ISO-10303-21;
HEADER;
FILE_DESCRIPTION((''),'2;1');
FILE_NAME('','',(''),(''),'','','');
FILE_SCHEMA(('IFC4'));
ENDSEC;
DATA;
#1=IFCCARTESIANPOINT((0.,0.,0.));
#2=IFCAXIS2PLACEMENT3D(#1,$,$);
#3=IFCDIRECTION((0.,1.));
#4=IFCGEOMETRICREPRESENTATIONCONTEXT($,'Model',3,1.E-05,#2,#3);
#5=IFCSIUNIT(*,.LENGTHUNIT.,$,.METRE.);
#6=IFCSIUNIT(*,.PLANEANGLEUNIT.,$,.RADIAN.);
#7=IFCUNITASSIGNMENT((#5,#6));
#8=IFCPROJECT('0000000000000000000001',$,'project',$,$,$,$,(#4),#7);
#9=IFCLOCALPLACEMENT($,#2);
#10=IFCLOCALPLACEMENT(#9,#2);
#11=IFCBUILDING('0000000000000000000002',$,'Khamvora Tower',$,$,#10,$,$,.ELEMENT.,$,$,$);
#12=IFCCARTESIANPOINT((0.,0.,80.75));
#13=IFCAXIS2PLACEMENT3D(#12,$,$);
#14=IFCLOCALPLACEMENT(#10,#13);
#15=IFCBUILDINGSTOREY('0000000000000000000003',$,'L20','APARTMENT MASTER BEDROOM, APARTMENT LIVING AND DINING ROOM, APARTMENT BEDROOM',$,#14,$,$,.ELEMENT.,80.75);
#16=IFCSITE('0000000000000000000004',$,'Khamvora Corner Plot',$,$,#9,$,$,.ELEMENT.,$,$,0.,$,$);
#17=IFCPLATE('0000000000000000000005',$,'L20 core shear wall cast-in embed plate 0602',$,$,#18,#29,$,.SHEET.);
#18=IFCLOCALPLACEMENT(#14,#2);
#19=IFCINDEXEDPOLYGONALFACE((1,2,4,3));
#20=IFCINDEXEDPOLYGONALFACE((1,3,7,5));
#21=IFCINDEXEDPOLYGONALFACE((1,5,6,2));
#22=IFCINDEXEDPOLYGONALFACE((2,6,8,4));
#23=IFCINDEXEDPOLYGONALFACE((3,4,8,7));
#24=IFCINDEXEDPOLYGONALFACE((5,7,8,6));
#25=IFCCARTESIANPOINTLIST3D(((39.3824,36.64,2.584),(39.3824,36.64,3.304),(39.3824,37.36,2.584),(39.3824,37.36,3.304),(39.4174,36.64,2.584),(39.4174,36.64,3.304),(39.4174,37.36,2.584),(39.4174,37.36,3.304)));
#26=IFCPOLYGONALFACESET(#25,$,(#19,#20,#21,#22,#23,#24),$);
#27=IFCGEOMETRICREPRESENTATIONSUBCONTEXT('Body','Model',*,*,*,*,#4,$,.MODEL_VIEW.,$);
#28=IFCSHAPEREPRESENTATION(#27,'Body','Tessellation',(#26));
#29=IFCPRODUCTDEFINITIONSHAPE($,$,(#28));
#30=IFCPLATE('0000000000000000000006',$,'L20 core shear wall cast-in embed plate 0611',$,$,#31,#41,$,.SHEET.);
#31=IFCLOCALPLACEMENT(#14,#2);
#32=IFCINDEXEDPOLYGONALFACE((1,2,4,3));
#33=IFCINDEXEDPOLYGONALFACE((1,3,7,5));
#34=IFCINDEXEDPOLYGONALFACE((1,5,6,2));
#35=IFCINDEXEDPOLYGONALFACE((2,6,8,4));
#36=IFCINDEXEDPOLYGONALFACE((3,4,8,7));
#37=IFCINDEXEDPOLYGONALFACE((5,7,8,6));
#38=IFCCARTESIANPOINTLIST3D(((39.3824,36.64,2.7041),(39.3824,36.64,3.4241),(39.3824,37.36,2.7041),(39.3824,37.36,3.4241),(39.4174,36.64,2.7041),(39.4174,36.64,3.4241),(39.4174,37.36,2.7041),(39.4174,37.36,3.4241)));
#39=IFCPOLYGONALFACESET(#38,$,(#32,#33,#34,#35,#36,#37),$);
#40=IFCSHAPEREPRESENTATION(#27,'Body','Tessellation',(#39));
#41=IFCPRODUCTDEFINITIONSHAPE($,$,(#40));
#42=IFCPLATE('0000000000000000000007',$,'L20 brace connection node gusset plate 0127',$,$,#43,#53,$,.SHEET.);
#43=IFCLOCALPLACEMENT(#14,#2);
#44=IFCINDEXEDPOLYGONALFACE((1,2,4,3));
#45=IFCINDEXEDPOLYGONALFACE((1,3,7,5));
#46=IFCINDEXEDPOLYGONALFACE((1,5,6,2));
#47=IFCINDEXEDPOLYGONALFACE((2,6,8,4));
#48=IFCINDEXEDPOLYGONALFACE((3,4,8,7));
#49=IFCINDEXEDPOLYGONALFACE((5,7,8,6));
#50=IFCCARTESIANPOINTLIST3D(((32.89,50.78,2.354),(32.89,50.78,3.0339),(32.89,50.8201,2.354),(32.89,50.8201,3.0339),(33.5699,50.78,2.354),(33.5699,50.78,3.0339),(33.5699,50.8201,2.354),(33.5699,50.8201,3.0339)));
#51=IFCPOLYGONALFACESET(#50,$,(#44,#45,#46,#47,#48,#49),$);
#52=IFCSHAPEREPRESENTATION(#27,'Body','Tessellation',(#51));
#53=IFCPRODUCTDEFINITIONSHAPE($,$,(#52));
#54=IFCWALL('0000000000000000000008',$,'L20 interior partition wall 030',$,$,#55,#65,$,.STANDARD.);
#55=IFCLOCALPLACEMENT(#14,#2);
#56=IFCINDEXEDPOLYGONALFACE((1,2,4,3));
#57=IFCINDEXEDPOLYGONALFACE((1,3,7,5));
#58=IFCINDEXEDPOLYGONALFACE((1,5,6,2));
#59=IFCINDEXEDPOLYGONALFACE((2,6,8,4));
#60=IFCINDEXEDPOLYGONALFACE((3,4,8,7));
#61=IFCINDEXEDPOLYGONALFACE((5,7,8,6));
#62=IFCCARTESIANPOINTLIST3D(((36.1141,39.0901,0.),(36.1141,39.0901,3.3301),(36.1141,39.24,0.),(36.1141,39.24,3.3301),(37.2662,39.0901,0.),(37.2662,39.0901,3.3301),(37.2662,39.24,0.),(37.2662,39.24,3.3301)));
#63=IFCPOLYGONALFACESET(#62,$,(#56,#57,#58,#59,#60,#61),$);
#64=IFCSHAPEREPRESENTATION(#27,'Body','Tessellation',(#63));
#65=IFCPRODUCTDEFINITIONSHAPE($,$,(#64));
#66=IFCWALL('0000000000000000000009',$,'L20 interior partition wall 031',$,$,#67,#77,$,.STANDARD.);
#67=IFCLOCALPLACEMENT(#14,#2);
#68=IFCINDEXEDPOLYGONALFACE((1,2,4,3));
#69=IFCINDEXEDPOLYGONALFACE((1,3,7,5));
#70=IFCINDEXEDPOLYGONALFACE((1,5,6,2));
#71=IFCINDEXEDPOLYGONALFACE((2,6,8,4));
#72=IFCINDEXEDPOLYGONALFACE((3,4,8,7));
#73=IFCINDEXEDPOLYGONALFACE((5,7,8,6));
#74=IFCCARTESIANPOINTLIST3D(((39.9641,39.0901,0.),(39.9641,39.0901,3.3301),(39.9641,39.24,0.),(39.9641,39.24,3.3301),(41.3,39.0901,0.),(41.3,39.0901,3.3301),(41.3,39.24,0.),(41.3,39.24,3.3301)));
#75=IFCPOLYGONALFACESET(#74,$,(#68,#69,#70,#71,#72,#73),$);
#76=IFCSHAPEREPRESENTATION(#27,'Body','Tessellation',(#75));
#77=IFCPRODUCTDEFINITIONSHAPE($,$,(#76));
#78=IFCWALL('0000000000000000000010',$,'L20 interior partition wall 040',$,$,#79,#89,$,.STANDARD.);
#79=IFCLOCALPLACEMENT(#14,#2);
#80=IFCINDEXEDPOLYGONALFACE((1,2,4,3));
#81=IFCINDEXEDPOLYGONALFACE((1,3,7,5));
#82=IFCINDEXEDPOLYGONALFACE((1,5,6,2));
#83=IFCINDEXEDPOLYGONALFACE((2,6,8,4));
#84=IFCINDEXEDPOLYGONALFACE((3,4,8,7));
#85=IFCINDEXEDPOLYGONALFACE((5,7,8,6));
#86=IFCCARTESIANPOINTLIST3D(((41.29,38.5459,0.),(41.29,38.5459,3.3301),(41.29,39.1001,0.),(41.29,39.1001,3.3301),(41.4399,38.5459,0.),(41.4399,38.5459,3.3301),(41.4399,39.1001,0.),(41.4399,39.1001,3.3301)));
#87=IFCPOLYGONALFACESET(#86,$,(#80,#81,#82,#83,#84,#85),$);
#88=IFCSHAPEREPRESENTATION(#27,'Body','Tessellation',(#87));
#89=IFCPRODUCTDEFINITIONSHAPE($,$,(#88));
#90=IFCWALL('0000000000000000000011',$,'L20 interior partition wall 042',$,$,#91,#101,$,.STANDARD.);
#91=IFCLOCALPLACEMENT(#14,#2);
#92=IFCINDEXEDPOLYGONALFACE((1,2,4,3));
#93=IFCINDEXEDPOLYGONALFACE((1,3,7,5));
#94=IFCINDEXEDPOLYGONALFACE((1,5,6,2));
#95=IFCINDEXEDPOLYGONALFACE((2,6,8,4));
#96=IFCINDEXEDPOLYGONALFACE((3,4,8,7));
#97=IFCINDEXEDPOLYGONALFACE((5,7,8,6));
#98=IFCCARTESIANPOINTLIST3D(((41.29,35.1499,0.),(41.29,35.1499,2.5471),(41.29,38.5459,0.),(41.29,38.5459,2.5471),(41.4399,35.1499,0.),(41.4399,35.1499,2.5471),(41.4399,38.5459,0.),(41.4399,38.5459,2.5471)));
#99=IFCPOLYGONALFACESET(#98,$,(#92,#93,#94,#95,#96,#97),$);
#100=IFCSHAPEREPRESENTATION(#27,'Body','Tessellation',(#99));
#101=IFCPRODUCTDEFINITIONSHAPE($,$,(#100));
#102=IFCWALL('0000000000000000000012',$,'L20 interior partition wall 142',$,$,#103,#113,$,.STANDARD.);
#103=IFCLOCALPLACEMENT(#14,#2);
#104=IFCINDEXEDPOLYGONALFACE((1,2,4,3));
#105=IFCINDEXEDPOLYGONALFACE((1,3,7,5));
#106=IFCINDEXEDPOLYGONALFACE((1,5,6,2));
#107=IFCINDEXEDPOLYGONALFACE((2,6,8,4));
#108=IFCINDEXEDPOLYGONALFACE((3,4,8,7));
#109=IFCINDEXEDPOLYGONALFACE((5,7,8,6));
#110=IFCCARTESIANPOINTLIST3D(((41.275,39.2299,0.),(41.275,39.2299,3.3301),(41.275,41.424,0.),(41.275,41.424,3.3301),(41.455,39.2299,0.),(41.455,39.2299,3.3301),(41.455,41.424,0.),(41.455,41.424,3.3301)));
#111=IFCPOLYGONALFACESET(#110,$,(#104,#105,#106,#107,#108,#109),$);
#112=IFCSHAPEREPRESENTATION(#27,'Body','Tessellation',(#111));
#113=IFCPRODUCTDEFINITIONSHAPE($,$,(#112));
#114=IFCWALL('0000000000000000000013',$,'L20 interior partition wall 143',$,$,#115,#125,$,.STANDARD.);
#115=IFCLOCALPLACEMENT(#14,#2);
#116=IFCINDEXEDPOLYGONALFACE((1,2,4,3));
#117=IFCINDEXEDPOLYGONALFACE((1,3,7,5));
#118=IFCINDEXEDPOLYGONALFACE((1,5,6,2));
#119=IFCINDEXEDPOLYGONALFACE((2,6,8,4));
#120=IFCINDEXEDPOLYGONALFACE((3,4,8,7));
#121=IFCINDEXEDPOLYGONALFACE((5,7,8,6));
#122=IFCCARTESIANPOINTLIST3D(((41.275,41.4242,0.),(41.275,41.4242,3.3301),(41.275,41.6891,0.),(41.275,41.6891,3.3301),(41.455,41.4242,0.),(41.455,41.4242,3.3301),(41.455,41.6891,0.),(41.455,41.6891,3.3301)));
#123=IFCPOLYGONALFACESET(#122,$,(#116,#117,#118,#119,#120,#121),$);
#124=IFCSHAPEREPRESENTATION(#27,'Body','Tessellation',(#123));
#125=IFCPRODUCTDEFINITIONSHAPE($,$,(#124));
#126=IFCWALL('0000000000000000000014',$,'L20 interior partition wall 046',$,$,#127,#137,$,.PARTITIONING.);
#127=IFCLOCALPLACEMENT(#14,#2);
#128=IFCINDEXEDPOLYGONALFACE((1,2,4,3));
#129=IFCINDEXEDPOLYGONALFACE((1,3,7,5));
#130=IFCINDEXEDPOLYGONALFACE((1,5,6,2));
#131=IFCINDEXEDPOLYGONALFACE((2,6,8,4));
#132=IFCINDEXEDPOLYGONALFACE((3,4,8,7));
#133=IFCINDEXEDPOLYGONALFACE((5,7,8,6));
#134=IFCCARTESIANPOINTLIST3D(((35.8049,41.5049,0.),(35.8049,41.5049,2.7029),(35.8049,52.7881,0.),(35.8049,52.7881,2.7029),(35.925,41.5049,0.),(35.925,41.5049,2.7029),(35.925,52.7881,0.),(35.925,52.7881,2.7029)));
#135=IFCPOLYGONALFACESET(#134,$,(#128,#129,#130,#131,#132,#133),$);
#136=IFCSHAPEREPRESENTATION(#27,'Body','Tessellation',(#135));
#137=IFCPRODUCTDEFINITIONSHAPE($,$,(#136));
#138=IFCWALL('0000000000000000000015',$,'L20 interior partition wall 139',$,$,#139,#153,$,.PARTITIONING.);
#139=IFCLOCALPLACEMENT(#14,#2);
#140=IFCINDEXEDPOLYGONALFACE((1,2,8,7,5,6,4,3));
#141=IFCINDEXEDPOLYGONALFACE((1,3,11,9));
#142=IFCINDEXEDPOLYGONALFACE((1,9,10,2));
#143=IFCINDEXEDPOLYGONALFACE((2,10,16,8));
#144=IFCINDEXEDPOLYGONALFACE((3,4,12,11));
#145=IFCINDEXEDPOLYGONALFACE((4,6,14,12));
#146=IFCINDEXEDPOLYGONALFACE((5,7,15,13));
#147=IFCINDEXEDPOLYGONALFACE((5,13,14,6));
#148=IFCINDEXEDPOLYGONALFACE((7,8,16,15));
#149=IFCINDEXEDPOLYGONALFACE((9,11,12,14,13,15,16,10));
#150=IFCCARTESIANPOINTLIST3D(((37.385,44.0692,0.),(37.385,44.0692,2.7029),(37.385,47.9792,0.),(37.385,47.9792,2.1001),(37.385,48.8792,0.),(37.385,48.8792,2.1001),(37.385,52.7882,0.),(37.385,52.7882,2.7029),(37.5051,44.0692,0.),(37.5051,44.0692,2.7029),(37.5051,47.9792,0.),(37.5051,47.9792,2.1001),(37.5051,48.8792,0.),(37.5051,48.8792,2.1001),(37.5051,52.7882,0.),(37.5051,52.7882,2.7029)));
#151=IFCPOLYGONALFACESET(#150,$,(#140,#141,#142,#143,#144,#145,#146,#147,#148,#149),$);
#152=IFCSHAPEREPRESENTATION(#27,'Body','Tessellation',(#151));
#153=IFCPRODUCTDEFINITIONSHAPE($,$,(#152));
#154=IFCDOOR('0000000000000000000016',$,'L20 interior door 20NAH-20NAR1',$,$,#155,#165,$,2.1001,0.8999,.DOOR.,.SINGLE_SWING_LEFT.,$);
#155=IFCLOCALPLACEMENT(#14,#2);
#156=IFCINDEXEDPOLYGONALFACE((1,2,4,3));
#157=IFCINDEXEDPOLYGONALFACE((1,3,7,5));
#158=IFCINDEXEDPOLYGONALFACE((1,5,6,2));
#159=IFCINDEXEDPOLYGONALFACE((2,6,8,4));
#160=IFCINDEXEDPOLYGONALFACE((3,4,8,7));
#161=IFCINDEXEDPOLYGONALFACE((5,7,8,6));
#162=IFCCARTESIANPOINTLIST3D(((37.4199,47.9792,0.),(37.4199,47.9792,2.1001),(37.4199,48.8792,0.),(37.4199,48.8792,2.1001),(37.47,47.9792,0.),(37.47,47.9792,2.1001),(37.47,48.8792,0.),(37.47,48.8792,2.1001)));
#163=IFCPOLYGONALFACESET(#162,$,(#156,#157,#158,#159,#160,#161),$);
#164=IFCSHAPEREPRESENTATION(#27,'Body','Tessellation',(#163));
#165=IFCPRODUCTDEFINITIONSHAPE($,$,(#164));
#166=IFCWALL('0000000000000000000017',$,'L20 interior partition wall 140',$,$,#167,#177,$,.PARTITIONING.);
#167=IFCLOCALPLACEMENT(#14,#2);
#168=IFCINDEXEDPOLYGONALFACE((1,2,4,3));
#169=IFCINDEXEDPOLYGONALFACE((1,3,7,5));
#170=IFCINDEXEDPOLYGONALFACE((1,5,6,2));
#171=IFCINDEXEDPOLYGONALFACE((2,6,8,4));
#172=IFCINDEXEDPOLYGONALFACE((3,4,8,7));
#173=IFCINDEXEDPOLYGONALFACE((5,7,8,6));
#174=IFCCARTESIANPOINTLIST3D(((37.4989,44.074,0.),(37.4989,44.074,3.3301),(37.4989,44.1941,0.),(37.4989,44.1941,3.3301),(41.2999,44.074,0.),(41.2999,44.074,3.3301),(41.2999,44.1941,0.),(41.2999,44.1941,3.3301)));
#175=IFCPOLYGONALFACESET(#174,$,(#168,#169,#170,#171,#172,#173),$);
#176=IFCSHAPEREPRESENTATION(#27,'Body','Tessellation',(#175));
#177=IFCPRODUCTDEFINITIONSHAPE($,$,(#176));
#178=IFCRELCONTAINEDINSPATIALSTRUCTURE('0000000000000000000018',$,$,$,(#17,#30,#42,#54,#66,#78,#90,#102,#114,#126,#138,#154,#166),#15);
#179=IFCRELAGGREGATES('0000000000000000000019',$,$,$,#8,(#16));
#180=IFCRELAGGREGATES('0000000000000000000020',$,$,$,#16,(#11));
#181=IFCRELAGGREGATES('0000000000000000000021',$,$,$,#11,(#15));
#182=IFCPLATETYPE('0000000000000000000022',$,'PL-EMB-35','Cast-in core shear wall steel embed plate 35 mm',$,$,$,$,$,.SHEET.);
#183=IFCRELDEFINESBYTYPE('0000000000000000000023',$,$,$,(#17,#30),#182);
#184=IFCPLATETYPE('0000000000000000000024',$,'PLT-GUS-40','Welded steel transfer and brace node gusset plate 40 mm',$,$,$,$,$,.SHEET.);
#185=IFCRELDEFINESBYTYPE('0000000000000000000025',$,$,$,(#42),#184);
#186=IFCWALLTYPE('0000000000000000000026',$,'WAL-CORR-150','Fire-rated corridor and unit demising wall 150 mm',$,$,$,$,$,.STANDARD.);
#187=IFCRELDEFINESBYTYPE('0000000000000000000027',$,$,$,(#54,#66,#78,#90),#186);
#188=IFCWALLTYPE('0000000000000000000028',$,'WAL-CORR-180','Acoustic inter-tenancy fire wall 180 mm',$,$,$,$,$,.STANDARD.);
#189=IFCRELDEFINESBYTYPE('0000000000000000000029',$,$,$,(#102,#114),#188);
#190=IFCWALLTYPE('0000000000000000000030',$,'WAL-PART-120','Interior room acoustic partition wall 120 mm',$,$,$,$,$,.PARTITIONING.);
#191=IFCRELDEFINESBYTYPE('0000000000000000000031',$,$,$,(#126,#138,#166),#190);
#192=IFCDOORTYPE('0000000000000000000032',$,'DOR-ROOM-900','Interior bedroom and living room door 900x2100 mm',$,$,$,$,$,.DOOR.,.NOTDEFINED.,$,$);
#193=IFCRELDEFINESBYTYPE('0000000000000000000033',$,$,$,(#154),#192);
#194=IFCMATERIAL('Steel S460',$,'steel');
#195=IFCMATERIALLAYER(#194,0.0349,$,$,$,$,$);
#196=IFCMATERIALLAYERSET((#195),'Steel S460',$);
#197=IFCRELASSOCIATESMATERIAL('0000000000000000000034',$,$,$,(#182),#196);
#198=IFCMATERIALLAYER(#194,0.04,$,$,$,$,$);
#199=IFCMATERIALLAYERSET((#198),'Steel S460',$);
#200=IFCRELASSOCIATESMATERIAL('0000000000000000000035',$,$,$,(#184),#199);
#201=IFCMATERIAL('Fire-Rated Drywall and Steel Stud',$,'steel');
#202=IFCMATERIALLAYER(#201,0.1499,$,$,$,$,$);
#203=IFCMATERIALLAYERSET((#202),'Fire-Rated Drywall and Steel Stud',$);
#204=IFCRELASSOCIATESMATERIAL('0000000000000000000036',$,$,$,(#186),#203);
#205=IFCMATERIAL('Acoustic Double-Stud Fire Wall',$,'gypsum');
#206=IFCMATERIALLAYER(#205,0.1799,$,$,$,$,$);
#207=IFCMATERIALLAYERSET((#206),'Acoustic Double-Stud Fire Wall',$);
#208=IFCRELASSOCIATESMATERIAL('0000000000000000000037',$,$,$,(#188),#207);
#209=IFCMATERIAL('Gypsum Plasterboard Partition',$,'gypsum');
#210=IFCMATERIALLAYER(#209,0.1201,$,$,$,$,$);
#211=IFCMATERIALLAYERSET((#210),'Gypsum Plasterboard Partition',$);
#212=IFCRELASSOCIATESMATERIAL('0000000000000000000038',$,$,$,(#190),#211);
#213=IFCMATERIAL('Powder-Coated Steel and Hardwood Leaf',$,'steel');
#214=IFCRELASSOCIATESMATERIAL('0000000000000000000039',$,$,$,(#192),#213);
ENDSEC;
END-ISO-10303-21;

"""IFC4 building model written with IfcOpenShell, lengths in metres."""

from ifc_helpers import new_model, si_unit, direction, frame, frame_2d, origin, origin_2d, place, context, subcontext, project, spatial, rectangle, extrude, material, layer, layer_set, type_object, element, fill, save


model = new_model("IFC4")

# Units and contexts
model_context = context("Model", 3, precision=1e-05, world=origin(), true_north=direction((0.0, 1.0)))
body_context = subcontext(model_context, "Body", "Model", "MODEL_VIEW")
ifc_project = project(units=[si_unit("LENGTHUNIT", "METRE"), si_unit("PLANEANGLEUNIT", "RADIAN")], contexts=[model_context])

# Site, building, storey
site_placement = place(None, origin())
site = spatial("IfcSite", under=ifc_project, at=site_placement, Name="Khamvora Corner Plot", CompositionType="ELEMENT", RefElevation=0.0)
building_placement = place(site_placement, origin())
building = spatial("IfcBuilding", under=site, at=building_placement, Name="Khamvora Tower", CompositionType="ELEMENT")
storey_placement = place(building_placement, frame((0.0, 0.0, 80.75)))
storey = spatial("IfcBuildingStorey", under=building, at=storey_placement, Name="L20", Description="APARTMENT MASTER BEDROOM, APARTMENT LIVING AND DINING ROOM, APARTMENT BEDROOM", CompositionType="ELEMENT", Elevation=80.75)

# Shared definitions
ifc_material_1 = material(Name="Steel S460", Category="steel")

# Plates
ifc_layer_1 = layer(ifc_material_1, 0.0349)
ifc_layer_set_1 = layer_set([ifc_layer_1], Name="Steel S460")
plate_type_1 = type_object("IfcPlateType", Name="PL-EMB-35", Description="Cast-in core shear wall steel embed plate 35 mm", PredefinedType="SHEET", material=ifc_layer_set_1)
for number, where, z_axis, x_axis, name in (
    (1, (39.3999, 37.0, 2.584), (0.0, 0.0, 1.0), (1.0, 0.0, 0.0), "L20 core shear wall cast-in embed plate 0602"),
    (2, (39.3999, 37.0, 2.7041), (0.0, 0.0, 1.0), (1.0, 0.0, 0.0), "L20 core shear wall cast-in embed plate 0611"),
):
    element("IfcPlate", number, at=place(storey_placement, frame(where, z_axis=z_axis, x_axis=x_axis)), inside=storey, type_object=plate_type_1, Name=name, PredefinedType="SHEET", context=body_context, shape_type="SweptSolid", body=[
        extrude(rectangle(XDim=0.0349, YDim=0.72, at=origin_2d()), origin(), (0.0, 0.0, 1.0), 0.72),
    ])
ifc_layer_2 = layer(ifc_material_1, 0.04)
ifc_layer_set_2 = layer_set([ifc_layer_2], Name="Steel S460")
plate_type_2 = type_object("IfcPlateType", Name="PLT-GUS-40", Description="Welded steel transfer and brace node gusset plate 40 mm", PredefinedType="SHEET", material=ifc_layer_set_2)
plate_1_placement = place(storey_placement, frame((33.23, 50.8, 2.354), z_axis=(0.0, 0.0, 1.0), x_axis=(1.0, 0.0, 0.0)))
element("IfcPlate", 3, at=plate_1_placement, inside=storey, type_object=plate_type_2, Name="L20 brace connection node gusset plate 0127", PredefinedType="SHEET", context=body_context, shape_type="SweptSolid", body=[
    extrude(rectangle(XDim=0.6799, YDim=0.04, at=origin_2d()), origin(), (0.0, 0.0, 1.0), 0.6799),
])

# Shared definitions
ifc_material_2 = material(Name="Fire-Rated Drywall and Steel Stud", Category="steel")
ifc_layer_3 = layer(ifc_material_2, 0.1499)
ifc_layer_set_3 = layer_set([ifc_layer_3], Name="Fire-Rated Drywall and Steel Stud")
wall_type_1 = type_object("IfcWallType", Name="WAL-CORR-150", Description="Fire-rated corridor and unit demising wall 150 mm", PredefinedType="STANDARD", material=ifc_layer_set_3)
ifc_material_3 = material(Name="Powder-Coated Steel and Hardwood Leaf", Category="steel")

# Walls
wall_1_placement = place(storey_placement, frame((36.114, 39.165, 0.0), z_axis=(0.0, 0.0, 1.0), x_axis=(1.0, 0.0, 0.0)))
element("IfcWall", 4, at=wall_1_placement, inside=storey, type_object=wall_type_1, Name="L20 interior partition wall 030", PredefinedType="STANDARD", context=body_context, shape_type="SweptSolid", body=[
    extrude(rectangle(XDim=1.1521, YDim=0.1499, at=frame_2d((0.5762, 0.0))), origin(), (0.0, 0.0, 1.0), 3.3301),
])
wall_2_placement = place(storey_placement, frame((39.9641, 39.165, 0.0), z_axis=(0.0, 0.0, 1.0), x_axis=(1.0, 0.0, 0.0)))
element("IfcWall", 5, at=wall_2_placement, inside=storey, type_object=wall_type_1, Name="L20 interior partition wall 031", PredefinedType="STANDARD", context=body_context, shape_type="SweptSolid", body=[
    extrude(rectangle(XDim=1.3359, YDim=0.1499, at=frame_2d((0.668, 0.0))), origin(), (0.0, 0.0, 1.0), 3.3301),
])
wall_3_placement = place(storey_placement, frame((41.365, 39.1001, 0.0), z_axis=(0.0, 0.0, 1.0), x_axis=(0.0, -1.0, 0.0)))
element("IfcWall", 6, at=wall_3_placement, inside=storey, type_object=wall_type_1, Name="L20 interior partition wall 040", PredefinedType="STANDARD", context=body_context, shape_type="SweptSolid", body=[
    extrude(rectangle(XDim=0.5542, YDim=0.1499, at=frame_2d((0.2771, 0.0))), origin(), (0.0, 0.0, 1.0), 3.3301),
])
wall_4_placement = place(storey_placement, frame((41.365, 38.5459, 0.0), z_axis=(0.0, 0.0, 1.0), x_axis=(0.0, -1.0, 0.0)))
element("IfcWall", 7, at=wall_4_placement, inside=storey, type_object=wall_type_1, Name="L20 interior partition wall 042", PredefinedType="STANDARD", context=body_context, shape_type="SweptSolid", body=[
    extrude(rectangle(XDim=3.396, YDim=0.1499, at=frame_2d((1.698, 0.0))), origin(), (0.0, 0.0, 1.0), 2.5471),
])
ifc_material_4 = material(Name="Acoustic Double-Stud Fire Wall", Category="gypsum")
ifc_layer_4 = layer(ifc_material_4, 0.1799)
ifc_layer_set_4 = layer_set([ifc_layer_4], Name="Acoustic Double-Stud Fire Wall")
wall_type_2 = type_object("IfcWallType", Name="WAL-CORR-180", Description="Acoustic inter-tenancy fire wall 180 mm", PredefinedType="STANDARD", material=ifc_layer_set_4)
wall_5_placement = place(storey_placement, frame((41.365, 41.4241, 0.0), z_axis=(0.0, 0.0, 1.0), x_axis=(0.0, -1.0, 0.0)))
element("IfcWall", 8, at=wall_5_placement, inside=storey, type_object=wall_type_2, Name="L20 interior partition wall 142", PredefinedType="STANDARD", context=body_context, shape_type="SweptSolid", body=[
    extrude(rectangle(XDim=2.1941, YDim=0.1799, at=frame_2d((1.0972, 0.0))), origin(), (0.0, 0.0, 1.0), 3.3301),
])
wall_6_placement = place(storey_placement, frame((41.365, 41.689, 0.0), z_axis=(0.0, 0.0, 1.0), x_axis=(0.0, -1.0, 0.0)))
element("IfcWall", 9, at=wall_6_placement, inside=storey, type_object=wall_type_2, Name="L20 interior partition wall 143", PredefinedType="STANDARD", context=body_context, shape_type="SweptSolid", body=[
    extrude(rectangle(XDim=0.2649, YDim=0.1799, at=frame_2d((0.1323, 0.0))), origin(), (0.0, 0.0, 1.0), 3.3301),
])
ifc_material_5 = material(Name="Gypsum Plasterboard Partition", Category="gypsum")
ifc_layer_5 = layer(ifc_material_5, 0.1201)
ifc_layer_set_5 = layer_set([ifc_layer_5], Name="Gypsum Plasterboard Partition")
wall_type_3 = type_object("IfcWallType", Name="WAL-PART-120", Description="Interior room acoustic partition wall 120 mm", PredefinedType="PARTITIONING", material=ifc_layer_set_5)
wall_7_placement = place(storey_placement, frame((35.865, 52.7881, 0.0), z_axis=(0.0, 0.0, 1.0), x_axis=(0.0, -1.0, 0.0)))
element("IfcWall", 10, at=wall_7_placement, inside=storey, type_object=wall_type_3, Name="L20 interior partition wall 046", PredefinedType="PARTITIONING", context=body_context, shape_type="SweptSolid", body=[
    extrude(rectangle(XDim=11.2832, YDim=0.1201, at=frame_2d((5.6416, 0.0))), origin(), (0.0, 0.0, 1.0), 2.7029),
])

# Wall, opening, door
wall_8_placement = place(storey_placement, frame((37.4451, 52.7881, 0.0), z_axis=(0.0, 0.0, 1.0), x_axis=(0.0, -1.0, 0.0)))
wall_8 = element("IfcWall", 11, at=wall_8_placement, inside=storey, type_object=wall_type_3, Name="L20 interior partition wall 139", PredefinedType="PARTITIONING", context=body_context, shape_type="SweptSolid", body=[
    extrude(rectangle(XDim=8.719, YDim=0.1201, at=frame_2d((4.3594, 0.0))), origin(), (0.0, 0.0, 1.0), 2.7029),
])
opening_1_placement = place(wall_8_placement, frame((3.9089, 0.0, 0.0)))
opening_1 = element("IfcOpeningElement", 12, at=opening_1_placement, cuts=wall_8, PredefinedType="OPENING", context=body_context, shape_type="SweptSolid", body=[
    extrude(rectangle(XDim=0.8999, YDim=2.1001, at=frame_2d((0.45, 1.05))), frame((0.0, 0.0701, 0.0), z_axis=(0.0, -1.0, 0.0), x_axis=(1.0, 0.0, 0.0)), (0.0, 0.0, 1.0), 0.1401),
])
door_type_1 = type_object("IfcDoorType", Name="DOR-ROOM-900", Description="Interior bedroom and living room door 900x2100 mm", OperationType="NOTDEFINED", PredefinedType="DOOR", material=ifc_material_3)
door_1_placement = place(opening_1_placement, origin())
door_1 = element("IfcDoor", 13, at=door_1_placement, inside=storey, type_object=door_type_1, Name="L20 interior door 20NAH-20NAR1", OperationType="SINGLE_SWING_LEFT", OverallHeight=2.1001, OverallWidth=0.8999, PredefinedType="DOOR", context=body_context, shape_type="SweptSolid", body=[
    extrude(rectangle(XDim=0.8999, YDim=2.1001, at=frame_2d((0.45, 1.05))), frame((0.0, 0.0249, 0.0), z_axis=(0.0, -1.0, 0.0), x_axis=(1.0, 0.0, 0.0)), (0.0, 0.0, 1.0), 0.05),
])
fill(opening_1, door_1)

# Wall
wall_9_placement = place(storey_placement, frame((37.499, 44.134, 0.0), z_axis=(0.0, 0.0, 1.0), x_axis=(1.0, 0.0, 0.0)))
element("IfcWall", 14, at=wall_9_placement, inside=storey, type_object=wall_type_3, Name="L20 interior partition wall 140", PredefinedType="PARTITIONING", context=body_context, shape_type="SweptSolid", body=[
    extrude(rectangle(XDim=3.801, YDim=0.1201, at=frame_2d((1.9004, 0.0))), origin(), (0.0, 0.0, 1.0), 3.3301),
])

save(model, "model.ifc")
